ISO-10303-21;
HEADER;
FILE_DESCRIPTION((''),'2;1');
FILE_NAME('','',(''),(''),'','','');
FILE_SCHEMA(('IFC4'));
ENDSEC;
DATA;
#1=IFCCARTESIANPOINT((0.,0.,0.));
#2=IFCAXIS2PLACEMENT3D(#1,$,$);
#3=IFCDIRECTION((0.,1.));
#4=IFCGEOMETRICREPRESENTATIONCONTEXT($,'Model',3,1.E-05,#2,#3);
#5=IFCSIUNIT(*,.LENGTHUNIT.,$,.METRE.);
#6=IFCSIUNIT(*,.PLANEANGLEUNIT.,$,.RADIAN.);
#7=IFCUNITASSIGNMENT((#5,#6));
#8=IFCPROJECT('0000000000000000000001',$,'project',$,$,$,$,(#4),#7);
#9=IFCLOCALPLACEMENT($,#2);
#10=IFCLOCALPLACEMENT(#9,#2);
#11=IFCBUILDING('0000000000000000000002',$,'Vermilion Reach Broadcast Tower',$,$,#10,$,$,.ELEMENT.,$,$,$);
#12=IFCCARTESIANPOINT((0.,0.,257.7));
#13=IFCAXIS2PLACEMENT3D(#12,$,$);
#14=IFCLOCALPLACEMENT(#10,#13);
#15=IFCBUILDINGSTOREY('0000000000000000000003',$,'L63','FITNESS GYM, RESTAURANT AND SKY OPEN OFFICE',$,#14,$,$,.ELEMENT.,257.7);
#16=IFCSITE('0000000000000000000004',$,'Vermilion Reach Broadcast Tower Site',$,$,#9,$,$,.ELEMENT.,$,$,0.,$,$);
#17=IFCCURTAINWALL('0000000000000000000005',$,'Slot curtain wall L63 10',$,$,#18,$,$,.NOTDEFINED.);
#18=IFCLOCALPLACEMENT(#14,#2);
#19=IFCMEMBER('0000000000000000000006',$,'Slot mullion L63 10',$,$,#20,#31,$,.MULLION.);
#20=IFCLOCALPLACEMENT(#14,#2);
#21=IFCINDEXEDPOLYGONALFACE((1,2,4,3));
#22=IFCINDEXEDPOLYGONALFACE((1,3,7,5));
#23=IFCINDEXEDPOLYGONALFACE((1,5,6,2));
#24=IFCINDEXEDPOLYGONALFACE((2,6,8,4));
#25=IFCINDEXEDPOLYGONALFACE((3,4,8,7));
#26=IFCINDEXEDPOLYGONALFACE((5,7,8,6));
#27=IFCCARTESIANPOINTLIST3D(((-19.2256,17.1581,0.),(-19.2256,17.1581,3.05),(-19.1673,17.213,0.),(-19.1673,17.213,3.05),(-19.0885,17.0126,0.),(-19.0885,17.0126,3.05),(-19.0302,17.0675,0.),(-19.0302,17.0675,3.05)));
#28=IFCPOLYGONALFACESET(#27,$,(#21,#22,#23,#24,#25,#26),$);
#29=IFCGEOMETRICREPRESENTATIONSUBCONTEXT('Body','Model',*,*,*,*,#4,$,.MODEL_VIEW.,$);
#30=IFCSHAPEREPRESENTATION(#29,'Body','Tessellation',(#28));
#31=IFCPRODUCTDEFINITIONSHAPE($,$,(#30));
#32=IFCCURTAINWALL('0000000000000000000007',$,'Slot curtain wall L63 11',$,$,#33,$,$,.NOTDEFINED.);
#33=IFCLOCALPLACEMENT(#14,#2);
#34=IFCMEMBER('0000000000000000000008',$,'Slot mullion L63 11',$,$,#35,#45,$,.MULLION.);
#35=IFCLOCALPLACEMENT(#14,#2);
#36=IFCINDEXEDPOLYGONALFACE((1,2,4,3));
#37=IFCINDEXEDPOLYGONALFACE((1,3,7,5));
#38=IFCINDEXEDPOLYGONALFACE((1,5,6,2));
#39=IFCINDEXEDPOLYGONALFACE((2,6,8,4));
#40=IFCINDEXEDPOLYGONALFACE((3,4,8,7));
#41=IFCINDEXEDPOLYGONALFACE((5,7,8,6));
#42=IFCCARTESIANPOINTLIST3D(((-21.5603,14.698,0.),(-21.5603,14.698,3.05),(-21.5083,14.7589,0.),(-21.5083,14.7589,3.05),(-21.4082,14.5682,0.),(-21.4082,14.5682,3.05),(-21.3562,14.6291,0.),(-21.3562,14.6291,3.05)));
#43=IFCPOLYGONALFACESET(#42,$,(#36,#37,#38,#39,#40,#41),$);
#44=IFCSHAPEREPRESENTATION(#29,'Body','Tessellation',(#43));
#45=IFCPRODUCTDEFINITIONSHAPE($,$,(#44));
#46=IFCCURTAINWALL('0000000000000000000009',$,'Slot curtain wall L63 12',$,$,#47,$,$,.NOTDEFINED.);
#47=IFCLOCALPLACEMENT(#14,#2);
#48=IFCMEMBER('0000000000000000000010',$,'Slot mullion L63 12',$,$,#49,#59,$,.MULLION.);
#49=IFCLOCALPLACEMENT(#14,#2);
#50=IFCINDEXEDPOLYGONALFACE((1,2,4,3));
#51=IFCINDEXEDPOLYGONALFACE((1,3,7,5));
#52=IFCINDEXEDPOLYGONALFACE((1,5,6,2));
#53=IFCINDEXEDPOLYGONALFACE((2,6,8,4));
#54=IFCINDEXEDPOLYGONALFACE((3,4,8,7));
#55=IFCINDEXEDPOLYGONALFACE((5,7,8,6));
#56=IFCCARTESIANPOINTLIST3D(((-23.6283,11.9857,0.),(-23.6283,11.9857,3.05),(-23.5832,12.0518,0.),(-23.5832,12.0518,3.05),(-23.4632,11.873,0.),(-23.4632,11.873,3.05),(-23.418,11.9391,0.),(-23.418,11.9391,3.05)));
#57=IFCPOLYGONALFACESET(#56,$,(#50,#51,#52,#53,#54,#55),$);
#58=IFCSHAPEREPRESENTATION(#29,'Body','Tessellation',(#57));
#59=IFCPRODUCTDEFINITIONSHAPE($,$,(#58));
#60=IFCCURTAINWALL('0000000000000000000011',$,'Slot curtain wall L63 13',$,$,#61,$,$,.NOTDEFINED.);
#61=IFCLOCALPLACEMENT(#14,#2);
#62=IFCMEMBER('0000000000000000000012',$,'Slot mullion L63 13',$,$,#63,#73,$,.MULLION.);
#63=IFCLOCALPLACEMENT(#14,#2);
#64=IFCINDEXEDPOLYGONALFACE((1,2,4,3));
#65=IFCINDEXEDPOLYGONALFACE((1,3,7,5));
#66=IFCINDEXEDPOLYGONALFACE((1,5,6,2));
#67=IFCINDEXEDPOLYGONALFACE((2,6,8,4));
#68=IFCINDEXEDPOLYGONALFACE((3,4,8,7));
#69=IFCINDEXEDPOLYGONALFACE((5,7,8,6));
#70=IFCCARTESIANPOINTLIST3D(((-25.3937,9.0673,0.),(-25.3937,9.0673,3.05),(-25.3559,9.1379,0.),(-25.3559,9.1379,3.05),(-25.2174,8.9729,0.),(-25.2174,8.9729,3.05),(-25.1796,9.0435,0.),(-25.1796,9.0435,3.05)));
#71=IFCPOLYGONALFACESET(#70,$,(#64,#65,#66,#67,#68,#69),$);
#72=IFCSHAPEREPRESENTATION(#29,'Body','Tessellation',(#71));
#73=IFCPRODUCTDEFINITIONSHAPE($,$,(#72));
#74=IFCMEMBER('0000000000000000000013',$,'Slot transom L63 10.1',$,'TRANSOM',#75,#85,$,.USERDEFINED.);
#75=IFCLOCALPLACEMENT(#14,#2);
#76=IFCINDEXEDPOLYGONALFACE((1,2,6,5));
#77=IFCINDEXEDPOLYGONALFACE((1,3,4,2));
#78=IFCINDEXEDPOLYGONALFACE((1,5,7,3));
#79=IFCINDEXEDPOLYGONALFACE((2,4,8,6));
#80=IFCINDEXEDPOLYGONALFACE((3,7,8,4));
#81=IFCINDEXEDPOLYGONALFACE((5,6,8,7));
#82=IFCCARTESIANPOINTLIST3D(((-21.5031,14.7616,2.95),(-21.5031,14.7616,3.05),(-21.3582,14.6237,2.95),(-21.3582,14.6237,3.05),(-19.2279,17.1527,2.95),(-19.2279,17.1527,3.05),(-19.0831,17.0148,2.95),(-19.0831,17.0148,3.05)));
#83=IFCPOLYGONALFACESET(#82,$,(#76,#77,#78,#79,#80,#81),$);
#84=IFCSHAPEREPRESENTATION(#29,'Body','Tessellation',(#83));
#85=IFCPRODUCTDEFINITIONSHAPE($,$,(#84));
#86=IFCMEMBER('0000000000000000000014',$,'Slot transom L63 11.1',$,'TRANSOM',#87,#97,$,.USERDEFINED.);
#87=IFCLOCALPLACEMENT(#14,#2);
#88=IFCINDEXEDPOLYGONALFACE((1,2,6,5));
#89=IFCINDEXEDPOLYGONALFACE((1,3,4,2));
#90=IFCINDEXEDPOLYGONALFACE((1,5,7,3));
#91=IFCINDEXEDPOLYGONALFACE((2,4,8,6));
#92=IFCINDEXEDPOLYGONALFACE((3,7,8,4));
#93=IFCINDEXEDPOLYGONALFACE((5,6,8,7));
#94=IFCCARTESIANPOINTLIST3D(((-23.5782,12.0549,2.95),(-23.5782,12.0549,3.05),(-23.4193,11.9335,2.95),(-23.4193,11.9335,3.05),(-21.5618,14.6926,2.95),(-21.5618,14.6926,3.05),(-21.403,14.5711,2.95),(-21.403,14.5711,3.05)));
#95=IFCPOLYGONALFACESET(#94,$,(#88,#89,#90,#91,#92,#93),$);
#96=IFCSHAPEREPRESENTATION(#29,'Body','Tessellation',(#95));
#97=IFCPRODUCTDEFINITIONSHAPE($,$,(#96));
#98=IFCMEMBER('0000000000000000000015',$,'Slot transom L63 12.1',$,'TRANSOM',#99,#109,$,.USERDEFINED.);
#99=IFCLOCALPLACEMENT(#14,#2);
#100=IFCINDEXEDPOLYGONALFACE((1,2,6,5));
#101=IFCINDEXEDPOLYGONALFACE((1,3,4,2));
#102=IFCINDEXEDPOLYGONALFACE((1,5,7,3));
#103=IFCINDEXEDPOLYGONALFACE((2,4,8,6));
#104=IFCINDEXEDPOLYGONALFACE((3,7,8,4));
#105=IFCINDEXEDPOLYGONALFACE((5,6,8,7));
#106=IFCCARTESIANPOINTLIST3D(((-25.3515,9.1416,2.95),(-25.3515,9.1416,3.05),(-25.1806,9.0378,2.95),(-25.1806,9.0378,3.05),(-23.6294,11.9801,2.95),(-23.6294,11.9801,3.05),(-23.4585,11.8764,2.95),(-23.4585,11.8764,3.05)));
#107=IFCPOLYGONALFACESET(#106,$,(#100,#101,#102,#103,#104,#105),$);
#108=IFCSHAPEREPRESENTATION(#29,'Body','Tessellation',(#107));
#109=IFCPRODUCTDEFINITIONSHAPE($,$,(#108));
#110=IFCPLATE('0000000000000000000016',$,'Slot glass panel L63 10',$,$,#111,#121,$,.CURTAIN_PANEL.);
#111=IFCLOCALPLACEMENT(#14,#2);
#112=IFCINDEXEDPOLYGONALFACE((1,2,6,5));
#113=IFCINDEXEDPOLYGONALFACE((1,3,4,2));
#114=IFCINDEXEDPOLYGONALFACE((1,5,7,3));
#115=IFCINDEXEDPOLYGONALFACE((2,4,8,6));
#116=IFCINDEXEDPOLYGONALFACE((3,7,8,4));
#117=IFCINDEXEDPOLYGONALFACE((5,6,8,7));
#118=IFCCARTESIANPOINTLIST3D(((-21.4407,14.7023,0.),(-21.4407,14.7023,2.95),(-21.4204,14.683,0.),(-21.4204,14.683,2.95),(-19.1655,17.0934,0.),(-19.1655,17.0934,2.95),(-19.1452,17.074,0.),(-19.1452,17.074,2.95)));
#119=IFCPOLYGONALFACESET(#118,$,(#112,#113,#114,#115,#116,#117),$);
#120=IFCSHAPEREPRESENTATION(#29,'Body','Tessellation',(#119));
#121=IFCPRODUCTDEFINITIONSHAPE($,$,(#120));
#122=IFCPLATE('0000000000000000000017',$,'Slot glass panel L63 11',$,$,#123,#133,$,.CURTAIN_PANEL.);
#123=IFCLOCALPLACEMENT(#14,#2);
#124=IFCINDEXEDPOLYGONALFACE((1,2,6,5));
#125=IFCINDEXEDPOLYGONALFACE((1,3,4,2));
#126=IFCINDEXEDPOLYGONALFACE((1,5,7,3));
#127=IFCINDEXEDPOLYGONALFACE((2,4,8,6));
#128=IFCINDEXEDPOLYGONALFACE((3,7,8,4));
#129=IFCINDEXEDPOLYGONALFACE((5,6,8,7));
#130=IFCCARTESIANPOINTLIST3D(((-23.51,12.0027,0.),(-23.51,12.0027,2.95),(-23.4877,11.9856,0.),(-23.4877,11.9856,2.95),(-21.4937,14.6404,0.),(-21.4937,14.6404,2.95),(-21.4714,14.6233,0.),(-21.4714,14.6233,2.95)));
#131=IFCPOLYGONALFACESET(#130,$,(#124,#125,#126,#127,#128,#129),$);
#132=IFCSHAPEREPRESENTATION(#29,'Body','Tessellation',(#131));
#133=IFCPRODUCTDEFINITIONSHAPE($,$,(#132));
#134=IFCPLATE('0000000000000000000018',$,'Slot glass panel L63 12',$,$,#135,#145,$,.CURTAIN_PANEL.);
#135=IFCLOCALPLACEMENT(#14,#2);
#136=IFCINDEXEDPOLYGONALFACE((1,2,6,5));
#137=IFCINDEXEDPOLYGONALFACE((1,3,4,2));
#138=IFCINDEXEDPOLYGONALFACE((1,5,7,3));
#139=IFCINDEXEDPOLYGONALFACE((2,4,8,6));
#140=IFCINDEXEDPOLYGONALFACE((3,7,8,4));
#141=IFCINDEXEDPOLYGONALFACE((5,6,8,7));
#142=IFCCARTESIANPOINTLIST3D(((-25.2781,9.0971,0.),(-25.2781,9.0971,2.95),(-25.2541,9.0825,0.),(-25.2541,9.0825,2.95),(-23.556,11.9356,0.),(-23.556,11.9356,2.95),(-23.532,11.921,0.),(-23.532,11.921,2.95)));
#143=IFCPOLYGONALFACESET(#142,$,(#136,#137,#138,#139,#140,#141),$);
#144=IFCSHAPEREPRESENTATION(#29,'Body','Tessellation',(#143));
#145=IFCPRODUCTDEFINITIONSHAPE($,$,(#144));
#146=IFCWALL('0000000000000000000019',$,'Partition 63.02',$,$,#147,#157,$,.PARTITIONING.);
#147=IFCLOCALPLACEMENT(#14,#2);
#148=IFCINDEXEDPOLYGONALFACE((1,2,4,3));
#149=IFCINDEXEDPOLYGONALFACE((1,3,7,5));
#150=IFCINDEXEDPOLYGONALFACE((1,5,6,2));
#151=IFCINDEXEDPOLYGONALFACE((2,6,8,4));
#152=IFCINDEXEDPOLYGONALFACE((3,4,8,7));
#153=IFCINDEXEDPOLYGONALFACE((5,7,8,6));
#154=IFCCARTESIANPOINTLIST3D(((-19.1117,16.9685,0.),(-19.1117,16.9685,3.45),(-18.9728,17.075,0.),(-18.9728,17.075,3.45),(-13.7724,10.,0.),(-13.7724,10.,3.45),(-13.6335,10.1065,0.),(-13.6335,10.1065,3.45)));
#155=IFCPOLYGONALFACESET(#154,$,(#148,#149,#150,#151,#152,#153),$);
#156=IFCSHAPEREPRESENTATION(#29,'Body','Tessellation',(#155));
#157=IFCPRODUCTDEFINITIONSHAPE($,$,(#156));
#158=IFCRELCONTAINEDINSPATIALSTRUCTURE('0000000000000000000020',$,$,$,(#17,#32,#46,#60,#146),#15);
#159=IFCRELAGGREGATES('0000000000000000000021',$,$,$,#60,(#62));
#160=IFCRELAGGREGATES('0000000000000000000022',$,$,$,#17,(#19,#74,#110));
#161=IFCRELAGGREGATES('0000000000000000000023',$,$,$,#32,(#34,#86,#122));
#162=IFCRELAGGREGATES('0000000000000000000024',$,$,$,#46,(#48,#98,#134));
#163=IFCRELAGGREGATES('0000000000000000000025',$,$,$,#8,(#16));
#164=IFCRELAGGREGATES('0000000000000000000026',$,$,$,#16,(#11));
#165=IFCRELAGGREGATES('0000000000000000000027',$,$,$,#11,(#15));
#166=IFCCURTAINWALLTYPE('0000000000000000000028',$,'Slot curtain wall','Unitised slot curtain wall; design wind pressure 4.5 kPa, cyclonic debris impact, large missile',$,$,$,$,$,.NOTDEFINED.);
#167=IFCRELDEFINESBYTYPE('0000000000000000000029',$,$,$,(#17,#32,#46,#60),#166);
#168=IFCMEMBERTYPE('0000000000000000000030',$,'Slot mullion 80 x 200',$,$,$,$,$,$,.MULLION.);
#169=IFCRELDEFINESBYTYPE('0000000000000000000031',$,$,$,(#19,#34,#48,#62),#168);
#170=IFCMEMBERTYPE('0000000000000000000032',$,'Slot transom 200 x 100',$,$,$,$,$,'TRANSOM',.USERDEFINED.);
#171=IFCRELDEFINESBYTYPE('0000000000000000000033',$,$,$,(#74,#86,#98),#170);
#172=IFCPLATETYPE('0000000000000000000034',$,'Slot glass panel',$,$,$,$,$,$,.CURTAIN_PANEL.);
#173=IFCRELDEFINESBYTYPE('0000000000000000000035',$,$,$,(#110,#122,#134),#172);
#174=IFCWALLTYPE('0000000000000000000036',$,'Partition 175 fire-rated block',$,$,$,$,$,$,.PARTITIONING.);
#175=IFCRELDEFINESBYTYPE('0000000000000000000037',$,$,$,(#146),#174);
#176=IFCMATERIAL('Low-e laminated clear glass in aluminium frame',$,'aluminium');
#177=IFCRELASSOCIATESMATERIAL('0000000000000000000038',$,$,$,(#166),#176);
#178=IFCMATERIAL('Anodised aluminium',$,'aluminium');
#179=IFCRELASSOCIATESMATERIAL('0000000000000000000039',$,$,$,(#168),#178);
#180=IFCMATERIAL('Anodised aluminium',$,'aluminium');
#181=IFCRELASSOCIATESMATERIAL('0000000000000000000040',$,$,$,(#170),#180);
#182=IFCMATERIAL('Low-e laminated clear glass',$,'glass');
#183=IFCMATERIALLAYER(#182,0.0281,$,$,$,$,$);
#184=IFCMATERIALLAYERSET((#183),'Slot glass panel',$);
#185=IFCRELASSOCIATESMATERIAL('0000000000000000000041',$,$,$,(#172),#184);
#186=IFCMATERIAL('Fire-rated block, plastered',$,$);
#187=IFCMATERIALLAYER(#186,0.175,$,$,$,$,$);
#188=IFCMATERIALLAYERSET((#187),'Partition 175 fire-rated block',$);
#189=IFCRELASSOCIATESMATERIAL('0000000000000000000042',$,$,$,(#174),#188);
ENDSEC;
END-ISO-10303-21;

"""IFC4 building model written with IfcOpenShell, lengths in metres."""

from ifc_helpers import new_model, si_unit, direction, frame, frame_2d, origin, origin_2d, place, context, subcontext, project, spatial, rectangle, extrude, material, layer, layer_set, material_profile, profile_set, type_object, element, aggregate, save


model = new_model("IFC4")

# Units and contexts
model_context = context("Model", 3, precision=1e-05, world=origin(), true_north=direction((0.0, 1.0)))
body_context = subcontext(model_context, "Body", "Model", "MODEL_VIEW")
ifc_project = project(units=[si_unit("LENGTHUNIT", "METRE"), si_unit("PLANEANGLEUNIT", "RADIAN")], contexts=[model_context])

# Site, building, storey
site_placement = place(None, origin())
site = spatial("IfcSite", under=ifc_project, at=site_placement, Name="Vermilion Reach Broadcast Tower Site", CompositionType="ELEMENT", RefElevation=0.0)
building_placement = place(site_placement, origin())
building = spatial("IfcBuilding", under=site, at=building_placement, Name="Vermilion Reach Broadcast Tower", CompositionType="ELEMENT")
storey_placement = place(building_placement, frame((0.0, 0.0, 257.7)))
storey = spatial("IfcBuildingStorey", under=building, at=storey_placement, Name="L63", Description="FITNESS GYM, RESTAURANT AND SKY OPEN OFFICE", CompositionType="ELEMENT", Elevation=257.7)

# Curtain walls, members
ifc_material_1 = material(Name="Low-e laminated clear glass in aluminium frame", Category="aluminium")
curtain_wall_type = type_object("IfcCurtainWallType", Name="Slot curtain wall", Description="Unitised slot curtain wall; design wind pressure 4.5 kPa, cyclonic debris impact, large missile", PredefinedType="NOTDEFINED", material=ifc_material_1)
placement = place(storey_placement, origin())
curtain_wall_1 = element("IfcCurtainWall", 1, at=placement, inside=storey, type_object=curtain_wall_type, Name="Slot curtain wall L63 10", PredefinedType="NOTDEFINED")
ifc_material_2 = material(Name="Anodised aluminium", Category="aluminium")
ifc_material_profile_1 = material_profile(ifc_material_2, rectangle(XDim=0.2, YDim=0.0801, at=origin_2d()), Name="Slot mullion 80 x 200")
ifc_profile_set_1 = profile_set([ifc_material_profile_1], Name="Anodised aluminium")
member_type_1 = type_object("IfcMemberType", Name="Slot mullion 80 x 200", PredefinedType="MULLION", material=ifc_profile_set_1)
member_1_placement = place(storey_placement, frame((-19.1279, 17.1128, 0.0), z_axis=(0.0, 0.0, 1.0), x_axis=(0.685552, -0.728024, 0.0)))
member_1 = element("IfcMember", 2, at=member_1_placement, type_object=member_type_1, Name="Slot mullion L63 10", PredefinedType="MULLION", context=body_context, shape_type="SweptSolid", body=[
    extrude(rectangle(XDim=0.2, YDim=0.0801, at=origin_2d()), origin(), (0.0, 0.0, 1.0), 3.05),
])
curtain_wall_2 = element("IfcCurtainWall", 3, at=placement, inside=storey, type_object=curtain_wall_type, Name="Slot curtain wall L63 11", PredefinedType="NOTDEFINED")
member_2_placement = place(storey_placement, frame((-21.4583, 14.6636, 0.0), z_axis=(0.0, 0.0, 1.0), x_axis=(0.760565, -0.649261, 0.0)))
member_2 = element("IfcMember", 4, at=member_2_placement, type_object=member_type_1, Name="Slot mullion L63 11", PredefinedType="MULLION", context=body_context, shape_type="SweptSolid", body=[
    extrude(rectangle(XDim=0.2, YDim=0.0801, at=origin_2d()), origin(), (0.0, 0.0, 1.0), 3.05),
])
curtain_wall_3 = element("IfcCurtainWall", 5, at=placement, inside=storey, type_object=curtain_wall_type, Name="Slot curtain wall L63 12", PredefinedType="NOTDEFINED")
member_3_placement = place(storey_placement, frame((-23.5232, 11.9624, 0.0), z_axis=(0.0, 0.0, 1.0), x_axis=(0.825902, -0.563814, 0.0)))
member_3 = element("IfcMember", 6, at=member_3_placement, type_object=member_type_1, Name="Slot mullion L63 12", PredefinedType="MULLION", context=body_context, shape_type="SweptSolid", body=[
    extrude(rectangle(XDim=0.2, YDim=0.0801, at=origin_2d()), origin(), (0.0, 0.0, 1.0), 3.05),
])
curtain_wall_4 = element("IfcCurtainWall", 7, at=placement, inside=storey, type_object=curtain_wall_type, Name="Slot curtain wall L63 13", PredefinedType="NOTDEFINED")
member_4_placement = place(storey_placement, frame((-25.2866, 9.0554, 0.0), z_axis=(0.0, 0.0, 1.0), x_axis=(0.881682, -0.471844, 0.0)))
member_4 = element("IfcMember", 8, at=member_4_placement, type_object=member_type_1, Name="Slot mullion L63 13", PredefinedType="MULLION", context=body_context, shape_type="SweptSolid", body=[
    extrude(rectangle(XDim=0.2, YDim=0.0801, at=origin_2d()), origin(), (0.0, 0.0, 1.0), 3.05),
])
aggregate(curtain_wall_4, [member_4])

# Members
ifc_material_3 = material(Name="Anodised aluminium", Category="aluminium")
ifc_material_profile_2 = material_profile(ifc_material_3, rectangle(XDim=0.2, YDim=0.1001, at=origin_2d()), Name="Slot transom 200 x 100")
ifc_profile_set_2 = profile_set([ifc_material_profile_2], Name="Anodised aluminium")
member_type_2 = type_object("IfcMemberType", Name="Slot transom 200 x 100", ElementType="TRANSOM", PredefinedType="USERDEFINED", material=ifc_profile_set_2)
member_5_placement = place(storey_placement, frame((-19.1555, 17.0837, 3.0), z_axis=(-0.689321, -0.724456, 0.0), x_axis=(0.724456, -0.689321, 0.0)))
member_5 = element("IfcMember", 9, at=member_5_placement, type_object=member_type_2, Name="Slot transom L63 10.1", ObjectType="TRANSOM", PredefinedType="USERDEFINED", context=body_context, shape_type="SweptSolid", body=[
    extrude(rectangle(XDim=0.2, YDim=0.1001, at=origin_2d()), origin(), (0.0, 0.0, 1.0), 3.3005),
])
member_6_placement = place(storey_placement, frame((-21.4824, 14.6318, 3.0), z_axis=(-0.607316, -0.79446, 0.0), x_axis=(0.79446, -0.607316, 0.0)))
member_6 = element("IfcMember", 10, at=member_6_placement, type_object=member_type_2, Name="Slot transom L63 11.1", ObjectType="TRANSOM", PredefinedType="USERDEFINED", context=body_context, shape_type="SweptSolid", body=[
    extrude(rectangle(XDim=0.2, YDim=0.1001, at=origin_2d()), origin(), (0.0, 0.0, 1.0), 3.3201),
])
member_7_placement = place(storey_placement, frame((-23.5439, 11.9282, 3.0), z_axis=(-0.518696, -0.854959, 0.0), x_axis=(0.854959, -0.518696, 0.0)))
member_7 = element("IfcMember", 11, at=member_7_placement, type_object=member_type_2, Name="Slot transom L63 12.1", ObjectType="TRANSOM", PredefinedType="USERDEFINED", context=body_context, shape_type="SweptSolid", body=[
    extrude(rectangle(XDim=0.2, YDim=0.1001, at=origin_2d()), origin(), (0.0, 0.0, 1.0), 3.3201),
])

# Plates
ifc_material_4 = material(Name="Low-e laminated clear glass", Category="glass")
ifc_layer_1 = layer(ifc_material_4, 0.0281)
ifc_layer_set_1 = layer_set([ifc_layer_1], Name="Slot glass panel")
plate_type = type_object("IfcPlateType", Name="Slot glass panel", PredefinedType="CURTAIN_PANEL", material=ifc_layer_set_1)
plate_1_placement = place(storey_placement, frame((-20.293, 15.8882, 0.0), z_axis=(0.0, 0.0, 1.0), x_axis=(-0.689336, -0.724442, 0.0)))
plate_1 = element("IfcPlate", 12, at=plate_1_placement, type_object=plate_type, Name="Slot glass panel L63 10", PredefinedType="CURTAIN_PANEL", context=body_context, shape_type="SweptSolid", body=[
    extrude(rectangle(XDim=3.3005, YDim=0.0281, at=origin_2d()), origin(), (0.0, 0.0, 1.0), 2.95),
])
aggregate(curtain_wall_1, [member_1, member_5, plate_1])
plate_2_placement = place(storey_placement, frame((-22.4907, 13.313, 0.0), z_axis=(0.0, 0.0, 1.0), x_axis=(-0.607297, -0.794475, 0.0)))
plate_2 = element("IfcPlate", 13, at=plate_2_placement, type_object=plate_type, Name="Slot glass panel L63 11", PredefinedType="CURTAIN_PANEL", context=body_context, shape_type="SweptSolid", body=[
    extrude(rectangle(XDim=3.3201, YDim=0.0281, at=origin_2d()), origin(), (0.0, 0.0, 1.0), 2.95),
])
aggregate(curtain_wall_2, [member_2, member_6, plate_2])
plate_3_placement = place(storey_placement, frame((-24.405, 10.509, 0.0), z_axis=(0.0, 0.0, 1.0), x_axis=(-0.518709, -0.854951, 0.0)))
plate_3 = element("IfcPlate", 14, at=plate_3_placement, type_object=plate_type, Name="Slot glass panel L63 12", PredefinedType="CURTAIN_PANEL", context=body_context, shape_type="SweptSolid", body=[
    extrude(rectangle(XDim=3.3201, YDim=0.0281, at=origin_2d()), origin(), (0.0, 0.0, 1.0), 2.95),
])
aggregate(curtain_wall_3, [member_3, member_7, plate_3])

# Wall
ifc_material_5 = material(Name="Fire-rated block, plastered")
ifc_layer_2 = layer(ifc_material_5, 0.175)
ifc_layer_set_2 = layer_set([ifc_layer_2], Name="Partition 175 fire-rated block")
wall_type_1 = type_object("IfcWallType", Name="Partition 175 fire-rated block", PredefinedType="PARTITIONING", material=ifc_layer_set_2)
wall_1_placement = place(storey_placement, frame((-19.0422, 17.0217, 0.0), z_axis=(0.0, 0.0, 1.0), x_axis=(0.608204, -0.79378, 0.0)))
element("IfcWall", 15, at=wall_1_placement, inside=storey, type_object=wall_type_1, Name="Partition 63.02", PredefinedType="PARTITIONING", context=body_context, shape_type="SweptSolid", body=[
    extrude(rectangle(XDim=8.7788, YDim=0.175, at=frame_2d((4.3894, 0.0))), origin(), (0.0, 0.0, 1.0), 3.45),
])

save(model, "model.ifc")
